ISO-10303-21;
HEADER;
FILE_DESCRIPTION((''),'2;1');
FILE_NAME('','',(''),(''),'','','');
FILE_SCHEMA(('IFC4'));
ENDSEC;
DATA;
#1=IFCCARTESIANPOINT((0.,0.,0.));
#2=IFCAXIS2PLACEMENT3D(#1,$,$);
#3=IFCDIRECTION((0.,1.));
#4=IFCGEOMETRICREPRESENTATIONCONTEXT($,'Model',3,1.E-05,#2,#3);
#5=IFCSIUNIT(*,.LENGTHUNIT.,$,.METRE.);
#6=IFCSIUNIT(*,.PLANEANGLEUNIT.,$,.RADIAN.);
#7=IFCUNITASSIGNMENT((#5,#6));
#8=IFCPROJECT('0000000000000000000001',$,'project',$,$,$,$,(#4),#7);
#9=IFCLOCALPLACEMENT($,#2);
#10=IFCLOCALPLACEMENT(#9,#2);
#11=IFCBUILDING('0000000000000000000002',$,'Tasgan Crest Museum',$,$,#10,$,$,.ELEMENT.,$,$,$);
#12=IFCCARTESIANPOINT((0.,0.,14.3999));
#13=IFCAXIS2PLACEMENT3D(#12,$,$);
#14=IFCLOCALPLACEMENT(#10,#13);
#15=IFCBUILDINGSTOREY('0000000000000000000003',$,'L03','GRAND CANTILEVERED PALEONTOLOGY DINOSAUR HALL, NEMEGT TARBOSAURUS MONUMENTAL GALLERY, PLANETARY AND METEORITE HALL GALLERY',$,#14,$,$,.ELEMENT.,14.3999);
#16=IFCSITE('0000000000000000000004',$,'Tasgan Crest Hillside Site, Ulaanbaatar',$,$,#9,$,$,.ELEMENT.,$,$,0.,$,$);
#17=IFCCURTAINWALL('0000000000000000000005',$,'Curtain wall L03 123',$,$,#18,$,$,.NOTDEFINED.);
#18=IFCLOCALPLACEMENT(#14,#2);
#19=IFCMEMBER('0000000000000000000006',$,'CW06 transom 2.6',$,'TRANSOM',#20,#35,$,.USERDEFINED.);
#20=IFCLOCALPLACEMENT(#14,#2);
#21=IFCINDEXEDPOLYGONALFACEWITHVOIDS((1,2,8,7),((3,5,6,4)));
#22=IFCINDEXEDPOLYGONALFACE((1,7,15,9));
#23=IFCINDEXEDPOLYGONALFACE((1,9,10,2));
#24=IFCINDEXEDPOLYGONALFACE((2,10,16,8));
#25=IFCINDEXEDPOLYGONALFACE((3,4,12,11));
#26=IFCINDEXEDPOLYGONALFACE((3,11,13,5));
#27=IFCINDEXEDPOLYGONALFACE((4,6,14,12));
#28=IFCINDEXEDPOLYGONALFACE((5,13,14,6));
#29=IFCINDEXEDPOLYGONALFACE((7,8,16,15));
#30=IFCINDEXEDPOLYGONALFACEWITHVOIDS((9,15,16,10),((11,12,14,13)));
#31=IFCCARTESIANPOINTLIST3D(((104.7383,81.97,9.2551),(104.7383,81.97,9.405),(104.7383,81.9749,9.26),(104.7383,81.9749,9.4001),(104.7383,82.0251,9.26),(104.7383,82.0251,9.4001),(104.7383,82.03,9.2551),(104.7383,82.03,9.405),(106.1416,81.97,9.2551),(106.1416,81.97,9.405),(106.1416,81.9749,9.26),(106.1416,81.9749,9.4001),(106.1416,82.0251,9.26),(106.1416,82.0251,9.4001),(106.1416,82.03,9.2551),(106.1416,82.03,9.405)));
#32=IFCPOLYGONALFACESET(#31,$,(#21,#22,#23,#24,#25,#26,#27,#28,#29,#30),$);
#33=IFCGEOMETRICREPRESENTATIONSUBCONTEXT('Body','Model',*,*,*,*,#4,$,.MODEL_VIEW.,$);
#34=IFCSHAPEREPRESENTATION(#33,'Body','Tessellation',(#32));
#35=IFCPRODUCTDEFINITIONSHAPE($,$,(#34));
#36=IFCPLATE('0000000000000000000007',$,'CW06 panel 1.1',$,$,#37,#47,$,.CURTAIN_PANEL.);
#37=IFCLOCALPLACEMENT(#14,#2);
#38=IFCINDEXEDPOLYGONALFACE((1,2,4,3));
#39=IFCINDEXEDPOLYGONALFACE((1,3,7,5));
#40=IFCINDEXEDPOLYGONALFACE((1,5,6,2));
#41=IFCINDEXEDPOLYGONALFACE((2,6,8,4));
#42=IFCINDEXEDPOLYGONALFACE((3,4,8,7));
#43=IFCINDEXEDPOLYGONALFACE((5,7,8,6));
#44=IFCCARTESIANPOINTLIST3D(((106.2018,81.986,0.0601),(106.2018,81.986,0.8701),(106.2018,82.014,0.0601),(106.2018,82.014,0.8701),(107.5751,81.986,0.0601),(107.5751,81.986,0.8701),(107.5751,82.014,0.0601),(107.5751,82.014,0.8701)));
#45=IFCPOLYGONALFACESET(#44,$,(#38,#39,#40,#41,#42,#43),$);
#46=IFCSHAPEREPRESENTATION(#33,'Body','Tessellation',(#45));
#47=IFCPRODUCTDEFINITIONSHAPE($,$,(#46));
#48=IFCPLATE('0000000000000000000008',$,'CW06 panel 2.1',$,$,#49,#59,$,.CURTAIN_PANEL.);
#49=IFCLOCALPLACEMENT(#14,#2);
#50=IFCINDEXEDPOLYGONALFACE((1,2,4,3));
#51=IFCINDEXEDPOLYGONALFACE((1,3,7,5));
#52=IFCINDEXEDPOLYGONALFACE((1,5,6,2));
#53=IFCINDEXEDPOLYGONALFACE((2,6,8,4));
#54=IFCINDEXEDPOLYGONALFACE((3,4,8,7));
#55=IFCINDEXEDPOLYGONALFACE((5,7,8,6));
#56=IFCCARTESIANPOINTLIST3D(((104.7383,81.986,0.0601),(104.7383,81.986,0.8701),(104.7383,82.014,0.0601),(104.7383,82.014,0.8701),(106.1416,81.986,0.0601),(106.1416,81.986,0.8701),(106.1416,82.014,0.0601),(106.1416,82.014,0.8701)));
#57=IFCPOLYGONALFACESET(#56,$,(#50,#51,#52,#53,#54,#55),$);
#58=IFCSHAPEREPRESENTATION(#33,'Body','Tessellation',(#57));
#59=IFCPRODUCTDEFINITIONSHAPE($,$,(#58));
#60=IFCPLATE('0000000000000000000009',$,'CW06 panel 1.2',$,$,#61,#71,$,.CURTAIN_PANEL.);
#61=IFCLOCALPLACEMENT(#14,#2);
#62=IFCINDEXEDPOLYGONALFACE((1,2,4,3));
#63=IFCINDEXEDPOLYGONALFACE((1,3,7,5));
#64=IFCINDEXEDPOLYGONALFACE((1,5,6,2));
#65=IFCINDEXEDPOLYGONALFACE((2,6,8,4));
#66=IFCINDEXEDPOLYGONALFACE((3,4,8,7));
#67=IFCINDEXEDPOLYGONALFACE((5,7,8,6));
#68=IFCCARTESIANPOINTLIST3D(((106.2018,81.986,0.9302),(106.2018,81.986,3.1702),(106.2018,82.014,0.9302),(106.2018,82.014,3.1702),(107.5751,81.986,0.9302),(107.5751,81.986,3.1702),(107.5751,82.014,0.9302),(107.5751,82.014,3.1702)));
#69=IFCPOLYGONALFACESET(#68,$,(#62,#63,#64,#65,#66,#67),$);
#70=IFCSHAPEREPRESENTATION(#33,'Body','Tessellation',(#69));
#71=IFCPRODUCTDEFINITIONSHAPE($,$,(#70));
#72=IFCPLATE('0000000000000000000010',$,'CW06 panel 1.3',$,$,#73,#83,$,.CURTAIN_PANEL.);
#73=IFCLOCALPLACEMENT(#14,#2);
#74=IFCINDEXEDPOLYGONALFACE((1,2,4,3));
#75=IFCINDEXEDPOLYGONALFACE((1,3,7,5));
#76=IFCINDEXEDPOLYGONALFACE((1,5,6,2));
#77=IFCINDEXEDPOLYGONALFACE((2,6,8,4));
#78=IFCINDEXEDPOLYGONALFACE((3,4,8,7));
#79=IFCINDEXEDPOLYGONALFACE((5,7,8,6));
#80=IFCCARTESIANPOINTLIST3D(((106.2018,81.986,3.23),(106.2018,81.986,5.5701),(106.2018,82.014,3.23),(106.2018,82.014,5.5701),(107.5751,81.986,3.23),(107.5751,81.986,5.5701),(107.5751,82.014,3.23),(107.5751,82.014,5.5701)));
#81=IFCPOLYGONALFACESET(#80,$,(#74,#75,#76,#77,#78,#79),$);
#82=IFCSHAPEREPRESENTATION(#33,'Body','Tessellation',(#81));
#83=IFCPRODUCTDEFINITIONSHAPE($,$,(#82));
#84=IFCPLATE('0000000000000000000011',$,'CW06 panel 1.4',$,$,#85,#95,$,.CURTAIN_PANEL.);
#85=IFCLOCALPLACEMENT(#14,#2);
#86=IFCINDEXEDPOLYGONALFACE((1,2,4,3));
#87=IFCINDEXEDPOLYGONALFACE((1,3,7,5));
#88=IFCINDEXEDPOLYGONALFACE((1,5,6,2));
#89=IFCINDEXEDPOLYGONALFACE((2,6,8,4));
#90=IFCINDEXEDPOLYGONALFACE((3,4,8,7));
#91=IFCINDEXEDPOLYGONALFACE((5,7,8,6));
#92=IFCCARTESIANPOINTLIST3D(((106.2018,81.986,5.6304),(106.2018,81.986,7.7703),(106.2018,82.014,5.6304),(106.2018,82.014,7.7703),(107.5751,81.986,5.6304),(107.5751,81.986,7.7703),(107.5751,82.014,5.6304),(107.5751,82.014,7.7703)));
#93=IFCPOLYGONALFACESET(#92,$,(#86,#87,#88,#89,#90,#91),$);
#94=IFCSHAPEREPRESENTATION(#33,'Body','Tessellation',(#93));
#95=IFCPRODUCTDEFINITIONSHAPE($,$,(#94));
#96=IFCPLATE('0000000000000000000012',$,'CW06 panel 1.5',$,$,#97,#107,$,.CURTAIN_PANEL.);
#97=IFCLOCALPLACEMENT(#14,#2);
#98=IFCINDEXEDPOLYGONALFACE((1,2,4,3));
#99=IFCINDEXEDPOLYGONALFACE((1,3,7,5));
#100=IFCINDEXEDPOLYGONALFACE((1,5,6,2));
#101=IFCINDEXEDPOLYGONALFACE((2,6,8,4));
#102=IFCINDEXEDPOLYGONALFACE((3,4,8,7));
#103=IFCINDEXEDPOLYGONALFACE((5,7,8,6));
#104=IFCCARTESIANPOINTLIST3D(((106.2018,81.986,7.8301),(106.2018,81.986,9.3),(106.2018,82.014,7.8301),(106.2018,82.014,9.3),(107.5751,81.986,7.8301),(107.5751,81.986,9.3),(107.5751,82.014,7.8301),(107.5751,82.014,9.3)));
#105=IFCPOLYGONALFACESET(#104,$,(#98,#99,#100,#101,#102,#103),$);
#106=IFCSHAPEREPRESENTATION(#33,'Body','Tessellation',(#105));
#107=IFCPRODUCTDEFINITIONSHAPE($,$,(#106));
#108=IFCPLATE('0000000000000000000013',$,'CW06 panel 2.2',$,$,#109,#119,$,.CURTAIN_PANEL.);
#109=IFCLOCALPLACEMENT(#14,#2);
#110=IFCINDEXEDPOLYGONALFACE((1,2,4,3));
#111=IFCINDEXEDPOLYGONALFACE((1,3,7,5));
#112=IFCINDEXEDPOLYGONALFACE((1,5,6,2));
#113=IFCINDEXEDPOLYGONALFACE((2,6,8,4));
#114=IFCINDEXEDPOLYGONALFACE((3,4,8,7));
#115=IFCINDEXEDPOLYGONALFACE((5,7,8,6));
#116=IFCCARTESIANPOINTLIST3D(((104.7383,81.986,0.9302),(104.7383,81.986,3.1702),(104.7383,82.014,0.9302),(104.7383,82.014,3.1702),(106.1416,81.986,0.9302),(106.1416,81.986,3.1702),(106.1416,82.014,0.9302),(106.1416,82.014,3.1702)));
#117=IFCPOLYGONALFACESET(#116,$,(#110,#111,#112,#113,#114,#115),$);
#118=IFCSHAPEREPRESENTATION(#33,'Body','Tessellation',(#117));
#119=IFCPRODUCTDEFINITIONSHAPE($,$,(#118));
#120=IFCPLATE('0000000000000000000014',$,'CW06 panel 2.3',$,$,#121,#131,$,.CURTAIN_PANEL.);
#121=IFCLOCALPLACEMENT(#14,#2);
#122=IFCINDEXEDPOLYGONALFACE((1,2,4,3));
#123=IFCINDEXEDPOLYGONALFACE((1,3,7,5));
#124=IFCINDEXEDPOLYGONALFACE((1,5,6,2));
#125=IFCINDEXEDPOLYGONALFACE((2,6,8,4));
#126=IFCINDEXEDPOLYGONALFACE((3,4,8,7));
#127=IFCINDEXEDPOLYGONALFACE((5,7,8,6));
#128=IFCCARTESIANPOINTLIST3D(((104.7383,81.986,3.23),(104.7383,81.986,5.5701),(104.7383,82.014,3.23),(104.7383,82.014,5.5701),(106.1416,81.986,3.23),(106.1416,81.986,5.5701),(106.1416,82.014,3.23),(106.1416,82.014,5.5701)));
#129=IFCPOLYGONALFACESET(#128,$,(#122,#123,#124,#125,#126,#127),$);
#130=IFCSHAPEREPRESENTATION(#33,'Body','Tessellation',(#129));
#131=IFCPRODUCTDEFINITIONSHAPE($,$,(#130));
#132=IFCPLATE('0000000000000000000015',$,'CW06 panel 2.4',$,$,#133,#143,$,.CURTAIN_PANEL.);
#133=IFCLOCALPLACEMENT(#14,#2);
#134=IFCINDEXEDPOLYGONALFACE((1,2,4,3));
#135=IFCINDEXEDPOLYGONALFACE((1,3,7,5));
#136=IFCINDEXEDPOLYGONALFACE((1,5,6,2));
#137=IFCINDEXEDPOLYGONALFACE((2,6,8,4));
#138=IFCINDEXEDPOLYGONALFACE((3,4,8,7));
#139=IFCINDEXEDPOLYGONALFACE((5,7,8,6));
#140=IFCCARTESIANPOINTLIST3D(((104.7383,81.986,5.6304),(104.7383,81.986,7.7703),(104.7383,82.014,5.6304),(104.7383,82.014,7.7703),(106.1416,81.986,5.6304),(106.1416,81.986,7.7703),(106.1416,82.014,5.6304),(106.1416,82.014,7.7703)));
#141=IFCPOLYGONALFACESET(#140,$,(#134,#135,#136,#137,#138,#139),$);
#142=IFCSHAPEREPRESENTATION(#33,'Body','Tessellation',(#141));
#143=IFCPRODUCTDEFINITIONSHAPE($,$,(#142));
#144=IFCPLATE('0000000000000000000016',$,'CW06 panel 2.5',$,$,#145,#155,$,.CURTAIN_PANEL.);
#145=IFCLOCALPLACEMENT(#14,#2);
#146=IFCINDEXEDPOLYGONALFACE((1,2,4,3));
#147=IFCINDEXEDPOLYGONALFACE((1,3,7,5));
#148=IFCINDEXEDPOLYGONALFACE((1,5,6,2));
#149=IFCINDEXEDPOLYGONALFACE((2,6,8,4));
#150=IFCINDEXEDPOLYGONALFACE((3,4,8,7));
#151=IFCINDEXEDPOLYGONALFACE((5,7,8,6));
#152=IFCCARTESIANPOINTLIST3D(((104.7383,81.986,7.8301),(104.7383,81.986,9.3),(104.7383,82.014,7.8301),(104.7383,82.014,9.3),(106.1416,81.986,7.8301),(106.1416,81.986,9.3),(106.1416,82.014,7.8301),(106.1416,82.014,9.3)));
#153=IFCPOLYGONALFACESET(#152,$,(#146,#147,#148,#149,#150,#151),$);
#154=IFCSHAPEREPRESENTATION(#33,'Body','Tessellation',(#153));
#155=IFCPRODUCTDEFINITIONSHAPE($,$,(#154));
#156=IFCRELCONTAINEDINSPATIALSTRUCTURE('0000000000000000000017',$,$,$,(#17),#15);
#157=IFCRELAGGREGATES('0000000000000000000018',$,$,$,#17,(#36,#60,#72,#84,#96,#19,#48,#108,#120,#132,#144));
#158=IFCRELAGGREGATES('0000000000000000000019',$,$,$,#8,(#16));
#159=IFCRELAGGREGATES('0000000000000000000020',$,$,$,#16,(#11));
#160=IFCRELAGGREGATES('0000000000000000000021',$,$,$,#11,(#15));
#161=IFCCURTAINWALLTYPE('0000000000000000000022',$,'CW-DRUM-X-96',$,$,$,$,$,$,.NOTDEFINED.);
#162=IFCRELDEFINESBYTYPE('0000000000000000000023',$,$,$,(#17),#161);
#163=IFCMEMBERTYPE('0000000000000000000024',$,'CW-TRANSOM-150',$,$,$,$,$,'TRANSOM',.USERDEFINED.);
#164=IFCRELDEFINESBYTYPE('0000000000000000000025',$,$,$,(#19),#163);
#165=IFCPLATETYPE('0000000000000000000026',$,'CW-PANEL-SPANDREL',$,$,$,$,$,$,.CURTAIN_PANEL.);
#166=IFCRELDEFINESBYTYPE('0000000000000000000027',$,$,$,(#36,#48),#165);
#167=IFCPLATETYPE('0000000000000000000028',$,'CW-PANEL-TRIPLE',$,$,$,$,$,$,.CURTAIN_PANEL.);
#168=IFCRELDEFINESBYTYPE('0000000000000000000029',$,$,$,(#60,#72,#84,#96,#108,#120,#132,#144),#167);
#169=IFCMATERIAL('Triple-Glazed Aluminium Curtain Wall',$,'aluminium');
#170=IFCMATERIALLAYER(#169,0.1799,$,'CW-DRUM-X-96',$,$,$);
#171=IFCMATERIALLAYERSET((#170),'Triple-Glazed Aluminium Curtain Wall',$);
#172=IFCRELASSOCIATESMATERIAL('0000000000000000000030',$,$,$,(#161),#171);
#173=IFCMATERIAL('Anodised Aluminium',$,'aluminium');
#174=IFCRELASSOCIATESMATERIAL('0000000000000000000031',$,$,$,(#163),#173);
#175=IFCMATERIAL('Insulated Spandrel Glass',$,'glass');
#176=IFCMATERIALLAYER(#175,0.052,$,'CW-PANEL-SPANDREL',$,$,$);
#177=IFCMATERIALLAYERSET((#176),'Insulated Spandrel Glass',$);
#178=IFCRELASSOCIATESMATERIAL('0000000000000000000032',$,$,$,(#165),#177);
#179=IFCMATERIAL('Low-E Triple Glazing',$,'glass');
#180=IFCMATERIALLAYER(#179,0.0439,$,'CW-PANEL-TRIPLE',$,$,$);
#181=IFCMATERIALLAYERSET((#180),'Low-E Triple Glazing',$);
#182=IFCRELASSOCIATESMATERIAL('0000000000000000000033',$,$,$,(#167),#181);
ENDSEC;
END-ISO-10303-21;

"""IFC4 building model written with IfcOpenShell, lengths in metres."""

from ifc_helpers import new_model, si_unit, direction, frame, origin, origin_2d, place, context, subcontext, project, spatial, rectangle, hollow_rectangle, extrude, material, layer, layer_set, material_profile, profile_set, type_object, element, aggregate, save


model = new_model("IFC4")

# Units and contexts
model_context = context("Model", 3, precision=1e-05, world=origin(), true_north=direction((0.0, 1.0)))
body_context = subcontext(model_context, "Body", "Model", "MODEL_VIEW")
ifc_project = project(units=[si_unit("LENGTHUNIT", "METRE"), si_unit("PLANEANGLEUNIT", "RADIAN")], contexts=[model_context])

# Site, building, storey
site_placement = place(None, origin())
site = spatial("IfcSite", under=ifc_project, at=site_placement, Name="Tasgan Crest Hillside Site, Ulaanbaatar", CompositionType="ELEMENT", RefElevation=0.0)
building_placement = place(site_placement, origin())
building = spatial("IfcBuilding", under=site, at=building_placement, Name="Tasgan Crest Museum", CompositionType="ELEMENT")
storey_placement = place(building_placement, frame((0.0, 0.0, 14.3999)))
storey = spatial("IfcBuildingStorey", under=building, at=storey_placement, Name="L03", Description="GRAND CANTILEVERED PALEONTOLOGY DINOSAUR HALL, NEMEGT TARBOSAURUS MONUMENTAL GALLERY, PLANETARY AND METEORITE HALL GALLERY", CompositionType="ELEMENT", Elevation=14.3999)

# Curtain wall, member, plates
ifc_material_1 = material(Name="Triple-Glazed Aluminium Curtain Wall", Category="aluminium")
ifc_layer_1 = layer(ifc_material_1, 0.1799, Name="CW-DRUM-X-96")
ifc_layer_set_1 = layer_set([ifc_layer_1], Name="Triple-Glazed Aluminium Curtain Wall")
curtain_wall_type = type_object("IfcCurtainWallType", Name="CW-DRUM-X-96", PredefinedType="NOTDEFINED", material=ifc_layer_set_1)
curtain_wall_placement = place(storey_placement, origin())
curtain_wall = element("IfcCurtainWall", 1, at=curtain_wall_placement, inside=storey, type_object=curtain_wall_type, Name="Curtain wall L03 123", PredefinedType="NOTDEFINED")
ifc_material_2 = material(Name="Anodised Aluminium", Category="aluminium")
ifc_material_profile_1 = material_profile(ifc_material_2, hollow_rectangle(XDim=0.0601, YDim=0.1499, WallThickness=0.0049, at=origin_2d()), Name="ALU TRANSOM 150x60x5")
ifc_profile_set_1 = profile_set([ifc_material_profile_1], Name="Anodised Aluminium")
member_type_1 = type_object("IfcMemberType", Name="CW-TRANSOM-150", ElementType="TRANSOM", PredefinedType="USERDEFINED", material=ifc_profile_set_1)
member_1_placement = place(storey_placement, frame((106.1416, 82.0, 9.3301), z_axis=(-1.0, 0.0, 0.0), x_axis=(0.0, -1.0, 0.0)))
member_1 = element("IfcMember", 2, at=member_1_placement, type_object=member_type_1, Name="CW06 transom 2.6", ObjectType="TRANSOM", PredefinedType="USERDEFINED", context=body_context, shape_type="SweptSolid", body=[
    extrude(hollow_rectangle(XDim=0.0601, YDim=0.1499, WallThickness=0.0049, at=origin_2d()), origin(), (0.0, 0.0, 1.0), 1.4033),
])
ifc_material_3 = material(Name="Insulated Spandrel Glass", Category="glass")
ifc_layer_2 = layer(ifc_material_3, 0.052, Name="CW-PANEL-SPANDREL")
ifc_layer_set_2 = layer_set([ifc_layer_2], Name="Insulated Spandrel Glass")
plate_type_1 = type_object("IfcPlateType", Name="CW-PANEL-SPANDREL", PredefinedType="CURTAIN_PANEL", material=ifc_layer_set_2)
plate_1_placement = place(storey_placement, frame((106.8884, 82.0, 0.0601), z_axis=(0.0, 0.0, 1.0), x_axis=(-1.0, 0.0, 0.0)))
plate_1 = element("IfcPlate", 3, at=plate_1_placement, type_object=plate_type_1, Name="CW06 panel 1.1", PredefinedType="CURTAIN_PANEL", context=body_context, shape_type="SweptSolid", body=[
    extrude(rectangle(XDim=1.3733, YDim=0.0281, at=origin_2d()), origin(), (0.0, 0.0, 1.0), 0.8101),
])
plate_2_placement = place(storey_placement, frame((105.4399, 82.0, 0.0601), z_axis=(0.0, 0.0, 1.0), x_axis=(-1.0, 0.0, 0.0)))
plate_2 = element("IfcPlate", 4, at=plate_2_placement, type_object=plate_type_1, Name="CW06 panel 2.1", PredefinedType="CURTAIN_PANEL", context=body_context, shape_type="SweptSolid", body=[
    extrude(rectangle(XDim=1.4033, YDim=0.0281, at=origin_2d()), origin(), (0.0, 0.0, 1.0), 0.8101),
])
ifc_material_4 = material(Name="Low-E Triple Glazing", Category="glass")
ifc_layer_3 = layer(ifc_material_4, 0.0439, Name="CW-PANEL-TRIPLE")
ifc_layer_set_3 = layer_set([ifc_layer_3], Name="Low-E Triple Glazing")
plate_type_2 = type_object("IfcPlateType", Name="CW-PANEL-TRIPLE", PredefinedType="CURTAIN_PANEL", material=ifc_layer_set_3)
plate_3_placement = place(storey_placement, frame((106.8884, 82.0, 0.9302), z_axis=(0.0, 0.0, 1.0), x_axis=(-1.0, 0.0, 0.0)))
plate_3 = element("IfcPlate", 5, at=plate_3_placement, type_object=plate_type_2, Name="CW06 panel 1.2", PredefinedType="CURTAIN_PANEL", context=body_context, shape_type="SweptSolid", body=[
    extrude(rectangle(XDim=1.3733, YDim=0.0281, at=origin_2d()), origin(), (0.0, 0.0, 1.0), 2.24),
])
plate_4_placement = place(storey_placement, frame((106.8884, 82.0, 3.23), z_axis=(0.0, 0.0, 1.0), x_axis=(-1.0, 0.0, 0.0)))
plate_4 = element("IfcPlate", 6, at=plate_4_placement, type_object=plate_type_2, Name="CW06 panel 1.3", PredefinedType="CURTAIN_PANEL", context=body_context, shape_type="SweptSolid", body=[
    extrude(rectangle(XDim=1.3733, YDim=0.0281, at=origin_2d()), origin(), (0.0, 0.0, 1.0), 2.3401),
])
plate_5_placement = place(storey_placement, frame((106.8884, 82.0, 5.6304), z_axis=(0.0, 0.0, 1.0), x_axis=(-1.0, 0.0, 0.0)))
plate_5 = element("IfcPlate", 7, at=plate_5_placement, type_object=plate_type_2, Name="CW06 panel 1.4", PredefinedType="CURTAIN_PANEL", context=body_context, shape_type="SweptSolid", body=[
    extrude(rectangle(XDim=1.3733, YDim=0.0281, at=origin_2d()), origin(), (0.0, 0.0, 1.0), 2.1399),
])
plate_6_placement = place(storey_placement, frame((106.8884, 82.0, 7.8301), z_axis=(0.0, 0.0, 1.0), x_axis=(-1.0, 0.0, 0.0)))
plate_6 = element("IfcPlate", 8, at=plate_6_placement, type_object=plate_type_2, Name="CW06 panel 1.5", PredefinedType="CURTAIN_PANEL", context=body_context, shape_type="SweptSolid", body=[
    extrude(rectangle(XDim=1.3733, YDim=0.0281, at=origin_2d()), origin(), (0.0, 0.0, 1.0), 1.47),
])
plate_7_placement = place(storey_placement, frame((105.4399, 82.0, 0.9302), z_axis=(0.0, 0.0, 1.0), x_axis=(-1.0, 0.0, 0.0)))
plate_7 = element("IfcPlate", 9, at=plate_7_placement, type_object=plate_type_2, Name="CW06 panel 2.2", PredefinedType="CURTAIN_PANEL", context=body_context, shape_type="SweptSolid", body=[
    extrude(rectangle(XDim=1.4033, YDim=0.0281, at=origin_2d()), origin(), (0.0, 0.0, 1.0), 2.24),
])
plate_8_placement = place(storey_placement, frame((105.4399, 82.0, 3.23), z_axis=(0.0, 0.0, 1.0), x_axis=(-1.0, 0.0, 0.0)))
plate_8 = element("IfcPlate", 10, at=plate_8_placement, type_object=plate_type_2, Name="CW06 panel 2.3", PredefinedType="CURTAIN_PANEL", context=body_context, shape_type="SweptSolid", body=[
    extrude(rectangle(XDim=1.4033, YDim=0.0281, at=origin_2d()), origin(), (0.0, 0.0, 1.0), 2.3401),
])
plate_9_placement = place(storey_placement, frame((105.4399, 82.0, 5.6304), z_axis=(0.0, 0.0, 1.0), x_axis=(-1.0, 0.0, 0.0)))
plate_9 = element("IfcPlate", 11, at=plate_9_placement, type_object=plate_type_2, Name="CW06 panel 2.4", PredefinedType="CURTAIN_PANEL", context=body_context, shape_type="SweptSolid", body=[
    extrude(rectangle(XDim=1.4033, YDim=0.0281, at=origin_2d()), origin(), (0.0, 0.0, 1.0), 2.1399),
])
plate_10_placement = place(storey_placement, frame((105.4399, 82.0, 7.8301), z_axis=(0.0, 0.0, 1.0), x_axis=(-1.0, 0.0, 0.0)))
plate_10 = element("IfcPlate", 12, at=plate_10_placement, type_object=plate_type_2, Name="CW06 panel 2.5", PredefinedType="CURTAIN_PANEL", context=body_context, shape_type="SweptSolid", body=[
    extrude(rectangle(XDim=1.4033, YDim=0.0281, at=origin_2d()), origin(), (0.0, 0.0, 1.0), 1.47),
])
aggregate(curtain_wall, [plate_1, plate_3, plate_4, plate_5, plate_6, member_1, plate_2, plate_7, plate_8, plate_9, plate_10])

save(model, "model.ifc")
